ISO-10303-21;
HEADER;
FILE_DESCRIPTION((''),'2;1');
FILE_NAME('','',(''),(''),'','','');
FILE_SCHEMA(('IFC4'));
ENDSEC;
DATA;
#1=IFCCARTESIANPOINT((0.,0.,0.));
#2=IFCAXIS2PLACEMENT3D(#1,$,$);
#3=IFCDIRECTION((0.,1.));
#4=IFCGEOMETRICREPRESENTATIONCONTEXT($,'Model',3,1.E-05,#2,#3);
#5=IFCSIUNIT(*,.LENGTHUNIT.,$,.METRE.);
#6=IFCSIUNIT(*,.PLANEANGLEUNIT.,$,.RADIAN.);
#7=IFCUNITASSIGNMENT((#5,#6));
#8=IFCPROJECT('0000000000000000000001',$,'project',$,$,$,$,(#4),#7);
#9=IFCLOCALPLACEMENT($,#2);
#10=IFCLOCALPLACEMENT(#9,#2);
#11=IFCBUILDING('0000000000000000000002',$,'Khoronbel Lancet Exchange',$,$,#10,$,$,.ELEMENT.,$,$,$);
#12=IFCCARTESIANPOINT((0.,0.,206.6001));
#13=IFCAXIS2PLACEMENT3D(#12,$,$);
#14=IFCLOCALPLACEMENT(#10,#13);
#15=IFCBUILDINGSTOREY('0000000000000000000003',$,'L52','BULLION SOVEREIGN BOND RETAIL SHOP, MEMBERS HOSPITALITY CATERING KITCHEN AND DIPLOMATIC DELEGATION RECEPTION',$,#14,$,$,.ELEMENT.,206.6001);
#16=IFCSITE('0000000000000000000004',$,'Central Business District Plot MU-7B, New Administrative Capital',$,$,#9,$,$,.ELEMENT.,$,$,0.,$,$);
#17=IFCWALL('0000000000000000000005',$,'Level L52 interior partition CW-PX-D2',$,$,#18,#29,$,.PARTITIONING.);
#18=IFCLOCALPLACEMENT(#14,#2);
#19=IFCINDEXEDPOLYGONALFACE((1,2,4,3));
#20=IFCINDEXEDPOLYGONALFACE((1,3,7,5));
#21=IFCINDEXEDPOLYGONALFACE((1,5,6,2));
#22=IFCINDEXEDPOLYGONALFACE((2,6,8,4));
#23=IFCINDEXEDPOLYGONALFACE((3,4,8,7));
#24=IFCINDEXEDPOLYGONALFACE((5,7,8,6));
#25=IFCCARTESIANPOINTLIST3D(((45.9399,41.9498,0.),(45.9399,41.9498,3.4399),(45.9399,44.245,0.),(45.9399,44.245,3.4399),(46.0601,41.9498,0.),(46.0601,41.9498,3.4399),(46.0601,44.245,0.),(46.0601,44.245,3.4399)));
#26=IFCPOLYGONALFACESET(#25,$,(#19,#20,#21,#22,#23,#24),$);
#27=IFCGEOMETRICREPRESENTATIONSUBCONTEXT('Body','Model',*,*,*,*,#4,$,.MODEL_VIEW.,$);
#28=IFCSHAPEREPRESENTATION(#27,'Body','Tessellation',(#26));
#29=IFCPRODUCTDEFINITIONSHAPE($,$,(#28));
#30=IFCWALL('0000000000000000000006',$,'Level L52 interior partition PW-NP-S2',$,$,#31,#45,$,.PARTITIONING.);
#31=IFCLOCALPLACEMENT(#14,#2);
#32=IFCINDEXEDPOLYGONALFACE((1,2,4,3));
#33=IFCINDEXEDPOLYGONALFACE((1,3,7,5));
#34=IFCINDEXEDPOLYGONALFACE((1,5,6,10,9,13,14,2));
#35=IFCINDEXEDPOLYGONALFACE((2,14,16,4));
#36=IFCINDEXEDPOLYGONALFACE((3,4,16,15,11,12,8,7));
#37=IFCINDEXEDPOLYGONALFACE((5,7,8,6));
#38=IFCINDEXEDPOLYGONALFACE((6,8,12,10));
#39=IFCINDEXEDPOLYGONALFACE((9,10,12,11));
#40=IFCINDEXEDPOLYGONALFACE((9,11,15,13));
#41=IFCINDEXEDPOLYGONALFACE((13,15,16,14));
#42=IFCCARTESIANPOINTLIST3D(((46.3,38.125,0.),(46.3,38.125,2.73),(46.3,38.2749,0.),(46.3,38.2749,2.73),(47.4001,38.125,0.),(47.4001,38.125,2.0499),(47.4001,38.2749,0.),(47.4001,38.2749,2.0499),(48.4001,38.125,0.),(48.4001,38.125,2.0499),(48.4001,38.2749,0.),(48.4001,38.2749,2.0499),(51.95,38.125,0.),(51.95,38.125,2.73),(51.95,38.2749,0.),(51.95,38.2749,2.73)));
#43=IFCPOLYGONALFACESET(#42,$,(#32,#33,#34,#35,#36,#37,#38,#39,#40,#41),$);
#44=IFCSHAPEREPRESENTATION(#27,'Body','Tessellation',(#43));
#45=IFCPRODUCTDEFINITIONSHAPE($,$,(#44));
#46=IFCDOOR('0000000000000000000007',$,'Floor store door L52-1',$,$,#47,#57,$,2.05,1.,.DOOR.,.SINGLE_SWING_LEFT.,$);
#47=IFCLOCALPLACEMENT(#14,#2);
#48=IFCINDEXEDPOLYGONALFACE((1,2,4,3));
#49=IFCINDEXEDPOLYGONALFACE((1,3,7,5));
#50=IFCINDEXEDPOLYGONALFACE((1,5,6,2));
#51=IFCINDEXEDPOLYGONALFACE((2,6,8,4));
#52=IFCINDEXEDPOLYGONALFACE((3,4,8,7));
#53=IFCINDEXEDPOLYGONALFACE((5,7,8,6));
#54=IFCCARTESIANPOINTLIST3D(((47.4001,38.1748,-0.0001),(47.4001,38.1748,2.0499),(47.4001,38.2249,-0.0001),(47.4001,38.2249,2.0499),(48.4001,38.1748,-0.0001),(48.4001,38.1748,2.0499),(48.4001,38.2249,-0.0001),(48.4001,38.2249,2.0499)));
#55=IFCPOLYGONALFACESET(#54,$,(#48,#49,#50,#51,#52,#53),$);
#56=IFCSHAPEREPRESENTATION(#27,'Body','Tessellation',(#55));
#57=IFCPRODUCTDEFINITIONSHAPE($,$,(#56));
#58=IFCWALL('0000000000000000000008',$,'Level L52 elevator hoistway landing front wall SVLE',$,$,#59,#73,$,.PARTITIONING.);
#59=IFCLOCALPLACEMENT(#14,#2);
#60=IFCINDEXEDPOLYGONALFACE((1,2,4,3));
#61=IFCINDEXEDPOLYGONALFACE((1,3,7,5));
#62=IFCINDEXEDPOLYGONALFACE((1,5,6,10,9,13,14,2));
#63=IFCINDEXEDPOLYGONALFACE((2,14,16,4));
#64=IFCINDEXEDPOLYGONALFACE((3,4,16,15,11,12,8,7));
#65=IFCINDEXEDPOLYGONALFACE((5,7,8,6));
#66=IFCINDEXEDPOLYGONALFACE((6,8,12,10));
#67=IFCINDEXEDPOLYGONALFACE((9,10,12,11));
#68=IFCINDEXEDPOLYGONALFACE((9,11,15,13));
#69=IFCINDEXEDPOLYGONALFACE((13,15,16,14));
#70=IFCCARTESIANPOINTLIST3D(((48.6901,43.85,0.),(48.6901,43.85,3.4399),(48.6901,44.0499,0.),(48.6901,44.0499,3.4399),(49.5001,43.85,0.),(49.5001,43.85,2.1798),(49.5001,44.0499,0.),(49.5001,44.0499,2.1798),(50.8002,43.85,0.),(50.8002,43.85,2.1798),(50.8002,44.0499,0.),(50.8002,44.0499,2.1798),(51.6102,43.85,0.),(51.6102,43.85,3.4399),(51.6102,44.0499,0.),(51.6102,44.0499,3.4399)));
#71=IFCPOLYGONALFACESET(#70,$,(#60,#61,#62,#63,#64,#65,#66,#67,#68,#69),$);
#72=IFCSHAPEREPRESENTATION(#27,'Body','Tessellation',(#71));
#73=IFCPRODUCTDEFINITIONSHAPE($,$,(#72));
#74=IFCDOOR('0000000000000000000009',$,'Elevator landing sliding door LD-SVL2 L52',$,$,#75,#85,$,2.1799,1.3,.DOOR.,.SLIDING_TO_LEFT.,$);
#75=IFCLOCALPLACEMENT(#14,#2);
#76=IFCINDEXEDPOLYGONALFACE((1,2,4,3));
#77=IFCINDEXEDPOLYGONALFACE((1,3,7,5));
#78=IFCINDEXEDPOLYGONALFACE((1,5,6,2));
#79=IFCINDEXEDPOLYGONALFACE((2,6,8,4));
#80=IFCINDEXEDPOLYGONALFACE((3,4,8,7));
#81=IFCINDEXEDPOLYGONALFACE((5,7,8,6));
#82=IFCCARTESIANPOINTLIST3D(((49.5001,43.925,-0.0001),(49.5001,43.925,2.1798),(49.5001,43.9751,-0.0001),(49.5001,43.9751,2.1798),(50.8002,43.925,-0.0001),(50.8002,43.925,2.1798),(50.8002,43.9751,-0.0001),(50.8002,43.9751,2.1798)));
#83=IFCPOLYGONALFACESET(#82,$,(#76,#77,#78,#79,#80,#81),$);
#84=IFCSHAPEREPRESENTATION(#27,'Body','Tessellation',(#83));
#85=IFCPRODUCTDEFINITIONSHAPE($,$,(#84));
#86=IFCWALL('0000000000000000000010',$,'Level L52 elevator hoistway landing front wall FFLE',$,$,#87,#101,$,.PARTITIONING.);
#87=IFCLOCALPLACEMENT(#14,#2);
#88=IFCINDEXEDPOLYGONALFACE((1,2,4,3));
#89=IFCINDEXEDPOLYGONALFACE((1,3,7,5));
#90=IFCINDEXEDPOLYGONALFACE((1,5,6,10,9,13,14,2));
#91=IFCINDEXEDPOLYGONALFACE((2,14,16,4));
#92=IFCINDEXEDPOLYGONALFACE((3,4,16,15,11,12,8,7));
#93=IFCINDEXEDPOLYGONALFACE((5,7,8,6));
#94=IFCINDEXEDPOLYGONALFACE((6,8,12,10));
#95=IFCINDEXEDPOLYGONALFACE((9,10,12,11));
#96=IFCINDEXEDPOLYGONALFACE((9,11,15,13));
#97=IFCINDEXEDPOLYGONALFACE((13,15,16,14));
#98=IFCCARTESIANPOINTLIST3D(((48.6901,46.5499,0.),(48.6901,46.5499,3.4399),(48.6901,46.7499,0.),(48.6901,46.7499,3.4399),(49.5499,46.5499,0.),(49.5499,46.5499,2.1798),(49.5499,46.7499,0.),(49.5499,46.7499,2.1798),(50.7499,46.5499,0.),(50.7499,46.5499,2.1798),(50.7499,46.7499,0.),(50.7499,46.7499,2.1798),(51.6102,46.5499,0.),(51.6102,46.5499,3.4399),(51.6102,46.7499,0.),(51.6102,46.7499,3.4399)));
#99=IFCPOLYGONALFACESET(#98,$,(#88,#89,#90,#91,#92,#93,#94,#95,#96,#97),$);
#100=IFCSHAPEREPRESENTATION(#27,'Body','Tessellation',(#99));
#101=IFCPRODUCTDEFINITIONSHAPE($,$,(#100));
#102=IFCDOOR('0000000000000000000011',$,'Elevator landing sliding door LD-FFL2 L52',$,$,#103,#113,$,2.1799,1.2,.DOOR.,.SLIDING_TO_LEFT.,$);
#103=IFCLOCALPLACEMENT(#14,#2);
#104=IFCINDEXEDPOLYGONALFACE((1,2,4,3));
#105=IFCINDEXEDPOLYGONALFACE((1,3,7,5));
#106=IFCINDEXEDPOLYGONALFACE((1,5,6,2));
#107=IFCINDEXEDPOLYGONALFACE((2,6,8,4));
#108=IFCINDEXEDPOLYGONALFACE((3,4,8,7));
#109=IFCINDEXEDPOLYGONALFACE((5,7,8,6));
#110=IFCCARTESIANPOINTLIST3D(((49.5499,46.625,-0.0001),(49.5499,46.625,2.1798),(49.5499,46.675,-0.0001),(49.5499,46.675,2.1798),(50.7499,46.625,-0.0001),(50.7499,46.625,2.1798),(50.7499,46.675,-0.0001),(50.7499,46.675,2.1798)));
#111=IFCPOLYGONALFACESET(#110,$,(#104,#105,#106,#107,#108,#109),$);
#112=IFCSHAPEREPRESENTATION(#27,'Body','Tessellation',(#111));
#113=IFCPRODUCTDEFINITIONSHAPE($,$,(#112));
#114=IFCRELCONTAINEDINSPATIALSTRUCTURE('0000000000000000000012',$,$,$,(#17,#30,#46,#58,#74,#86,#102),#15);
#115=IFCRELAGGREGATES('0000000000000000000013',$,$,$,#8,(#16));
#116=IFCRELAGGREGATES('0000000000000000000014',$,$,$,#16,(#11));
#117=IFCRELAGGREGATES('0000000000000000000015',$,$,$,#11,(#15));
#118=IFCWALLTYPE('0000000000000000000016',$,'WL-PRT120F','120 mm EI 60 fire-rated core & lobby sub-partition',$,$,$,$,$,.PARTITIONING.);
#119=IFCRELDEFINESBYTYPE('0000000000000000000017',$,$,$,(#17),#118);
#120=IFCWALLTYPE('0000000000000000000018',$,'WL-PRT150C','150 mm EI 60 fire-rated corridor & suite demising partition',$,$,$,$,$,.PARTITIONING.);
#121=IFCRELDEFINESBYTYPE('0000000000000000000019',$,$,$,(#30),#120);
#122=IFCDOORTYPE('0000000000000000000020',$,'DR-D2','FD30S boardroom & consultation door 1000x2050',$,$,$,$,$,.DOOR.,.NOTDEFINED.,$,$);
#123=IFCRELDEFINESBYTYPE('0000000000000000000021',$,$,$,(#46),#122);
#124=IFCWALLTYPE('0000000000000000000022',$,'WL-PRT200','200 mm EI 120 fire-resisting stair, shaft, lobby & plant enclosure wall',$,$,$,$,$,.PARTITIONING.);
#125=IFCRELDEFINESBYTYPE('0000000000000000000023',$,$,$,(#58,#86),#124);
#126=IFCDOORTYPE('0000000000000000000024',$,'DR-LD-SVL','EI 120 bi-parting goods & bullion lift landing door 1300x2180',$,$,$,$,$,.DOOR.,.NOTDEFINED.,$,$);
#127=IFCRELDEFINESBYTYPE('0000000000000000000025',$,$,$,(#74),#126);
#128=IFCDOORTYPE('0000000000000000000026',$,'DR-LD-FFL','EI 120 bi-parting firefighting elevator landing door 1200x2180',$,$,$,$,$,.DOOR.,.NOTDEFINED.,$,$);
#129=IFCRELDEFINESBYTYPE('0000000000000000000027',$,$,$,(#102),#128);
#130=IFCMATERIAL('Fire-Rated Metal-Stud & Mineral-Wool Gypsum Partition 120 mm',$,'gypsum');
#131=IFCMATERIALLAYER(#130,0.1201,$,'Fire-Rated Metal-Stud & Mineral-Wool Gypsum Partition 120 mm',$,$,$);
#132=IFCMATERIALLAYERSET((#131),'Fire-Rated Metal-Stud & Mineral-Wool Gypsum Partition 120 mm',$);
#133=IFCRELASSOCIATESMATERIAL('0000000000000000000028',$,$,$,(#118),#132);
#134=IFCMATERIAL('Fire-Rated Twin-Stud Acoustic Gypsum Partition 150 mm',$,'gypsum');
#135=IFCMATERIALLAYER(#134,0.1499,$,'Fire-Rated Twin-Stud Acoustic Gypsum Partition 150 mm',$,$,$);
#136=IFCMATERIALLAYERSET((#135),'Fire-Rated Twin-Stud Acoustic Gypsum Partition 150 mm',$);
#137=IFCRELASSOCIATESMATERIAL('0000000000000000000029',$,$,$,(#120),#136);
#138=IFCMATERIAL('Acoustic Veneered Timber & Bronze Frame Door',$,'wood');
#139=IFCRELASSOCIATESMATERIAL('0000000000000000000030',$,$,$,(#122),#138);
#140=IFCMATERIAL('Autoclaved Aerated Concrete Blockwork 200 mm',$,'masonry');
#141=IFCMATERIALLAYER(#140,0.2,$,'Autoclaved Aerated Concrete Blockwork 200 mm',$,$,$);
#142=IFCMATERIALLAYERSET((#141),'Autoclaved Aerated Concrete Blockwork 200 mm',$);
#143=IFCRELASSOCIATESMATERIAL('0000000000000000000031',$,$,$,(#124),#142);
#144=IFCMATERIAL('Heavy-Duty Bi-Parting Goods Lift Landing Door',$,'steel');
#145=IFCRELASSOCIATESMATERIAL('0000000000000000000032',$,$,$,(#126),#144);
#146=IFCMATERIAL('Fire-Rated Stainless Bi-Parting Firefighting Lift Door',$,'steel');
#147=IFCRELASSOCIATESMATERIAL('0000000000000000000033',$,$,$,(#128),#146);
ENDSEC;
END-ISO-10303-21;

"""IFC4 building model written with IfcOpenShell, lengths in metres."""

from ifc_helpers import new_model, si_unit, direction, frame, frame_2d, origin, place, context, subcontext, project, spatial, rectangle, extrude, material, layer, layer_set, type_object, element, fill, save


model = new_model("IFC4")

# Units and contexts
model_context = context("Model", 3, precision=1e-05, world=origin(), true_north=direction((0.0, 1.0)))
body_context = subcontext(model_context, "Body", "Model", "MODEL_VIEW")
ifc_project = project(units=[si_unit("LENGTHUNIT", "METRE"), si_unit("PLANEANGLEUNIT", "RADIAN")], contexts=[model_context])

# Site, building, storey
site_placement = place(None, origin())
site = spatial("IfcSite", under=ifc_project, at=site_placement, Name="Central Business District Plot MU-7B, New Administrative Capital", CompositionType="ELEMENT", RefElevation=0.0)
building_placement = place(site_placement, origin())
building = spatial("IfcBuilding", under=site, at=building_placement, Name="Khoronbel Lancet Exchange", CompositionType="ELEMENT")
storey_placement = place(building_placement, frame((0.0, 0.0, 206.6001)))
storey = spatial("IfcBuildingStorey", under=building, at=storey_placement, Name="L52", Description="BULLION SOVEREIGN BOND RETAIL SHOP, MEMBERS HOSPITALITY CATERING KITCHEN AND DIPLOMATIC DELEGATION RECEPTION", CompositionType="ELEMENT", Elevation=206.6001)

# Wall
ifc_material_1 = material(Name="Fire-Rated Metal-Stud & Mineral-Wool Gypsum Partition 120 mm", Category="gypsum")
ifc_layer_1 = layer(ifc_material_1, 0.1201, Name="Fire-Rated Metal-Stud & Mineral-Wool Gypsum Partition 120 mm")
ifc_layer_set_1 = layer_set([ifc_layer_1], Name="Fire-Rated Metal-Stud & Mineral-Wool Gypsum Partition 120 mm")
wall_type_1 = type_object("IfcWallType", Name="WL-PRT120F", Description="120 mm EI 60 fire-rated core & lobby sub-partition", PredefinedType="PARTITIONING", material=ifc_layer_set_1)
for number, where, z_axis, x_axis, name in (
    (1, (46.0, 41.95, 0.0), (0.0, 0.0, 1.0), (0.0, 1.0, 0.0), "Level L52 interior partition CW-PX-D2"),
):
    element("IfcWall", number, at=place(storey_placement, frame(where, z_axis=z_axis, x_axis=x_axis)), inside=storey, type_object=wall_type_1, Name=name, PredefinedType="PARTITIONING", context=body_context, shape_type="SweptSolid", body=[
        extrude(rectangle(XDim=2.2952, YDim=0.1201, at=frame_2d((1.1475, 0.0))), origin(), (0.0, 0.0, 1.0), 3.4399),
    ])

# Walls, openings, doors
ifc_material_2 = material(Name="Fire-Rated Twin-Stud Acoustic Gypsum Partition 150 mm", Category="gypsum")
ifc_layer_2 = layer(ifc_material_2, 0.1499, Name="Fire-Rated Twin-Stud Acoustic Gypsum Partition 150 mm")
ifc_layer_set_2 = layer_set([ifc_layer_2], Name="Fire-Rated Twin-Stud Acoustic Gypsum Partition 150 mm")
wall_type_2 = type_object("IfcWallType", Name="WL-PRT150C", Description="150 mm EI 60 fire-rated corridor & suite demising partition", PredefinedType="PARTITIONING", material=ifc_layer_set_2)
wall_1_placement = place(storey_placement, frame((46.3, 38.2, 0.0), z_axis=(0.0, 0.0, 1.0), x_axis=(1.0, 0.0, 0.0)))
wall_1 = element("IfcWall", 2, at=wall_1_placement, inside=storey, type_object=wall_type_2, Name="Level L52 interior partition PW-NP-S2", PredefinedType="PARTITIONING", context=body_context, shape_type="SweptSolid", body=[
    extrude(rectangle(XDim=5.6499, YDim=0.1499, at=frame_2d((2.825, 0.0))), origin(), (0.0, 0.0, 1.0), 2.73),
])
opening_1_placement = place(wall_1_placement, frame((1.1001, 0.0, 0.0)))
opening_1 = element("IfcOpeningElement", 3, at=opening_1_placement, cuts=wall_1, PredefinedType="OPENING", context=body_context, shape_type="SweptSolid", body=[
    extrude(rectangle(XDim=1.0, YDim=2.05, at=frame_2d((0.5, 1.0249))), frame((0.0, 0.085, 0.0), z_axis=(0.0, -1.0, 0.0), x_axis=(1.0, 0.0, 0.0)), (0.0, 0.0, 1.0), 0.1699),
])
ifc_material_3 = material(Name="Acoustic Veneered Timber & Bronze Frame Door", Category="wood")
door_type_1 = type_object("IfcDoorType", Name="DR-D2", Description="FD30S boardroom & consultation door 1000x2050", OperationType="NOTDEFINED", PredefinedType="DOOR", material=ifc_material_3)
door_1_placement = place(opening_1_placement, origin())
door_1 = element("IfcDoor", 4, at=door_1_placement, inside=storey, type_object=door_type_1, Name="Floor store door L52-1", OperationType="SINGLE_SWING_LEFT", OverallHeight=2.05, OverallWidth=1.0, PredefinedType="DOOR", context=body_context, shape_type="SweptSolid", body=[
    extrude(rectangle(XDim=1.0, YDim=2.05, at=frame_2d((0.5, 1.0249))), frame((0.0, 0.0249, 0.0), z_axis=(0.0, -1.0, 0.0), x_axis=(1.0, 0.0, 0.0)), (0.0, 0.0, 1.0), 0.05),
])
fill(opening_1, door_1)
ifc_material_4 = material(Name="Autoclaved Aerated Concrete Blockwork 200 mm", Category="masonry")
ifc_layer_3 = layer(ifc_material_4, 0.2, Name="Autoclaved Aerated Concrete Blockwork 200 mm")
ifc_layer_set_3 = layer_set([ifc_layer_3], Name="Autoclaved Aerated Concrete Blockwork 200 mm")
wall_type_3 = type_object("IfcWallType", Name="WL-PRT200", Description="200 mm EI 120 fire-resisting stair, shaft, lobby & plant enclosure wall", PredefinedType="PARTITIONING", material=ifc_layer_set_3)
wall_2_placement = place(storey_placement, frame((51.6101, 43.95, 0.0), z_axis=(0.0, 0.0, 1.0), x_axis=(-1.0, 0.0, 0.0)))
wall_2 = element("IfcWall", 5, at=wall_2_placement, inside=storey, type_object=wall_type_3, Name="Level L52 elevator hoistway landing front wall SVLE", PredefinedType="PARTITIONING", context=body_context, shape_type="SweptSolid", body=[
    extrude(rectangle(XDim=2.9202, YDim=0.2, at=frame_2d((1.46, 0.0))), origin(), (0.0, 0.0, 1.0), 3.4399),
])
opening_2_placement = place(wall_2_placement, frame((0.8101, 0.0, 0.0)))
opening_2 = element("IfcOpeningElement", 6, at=opening_2_placement, cuts=wall_2, PredefinedType="OPENING", context=body_context, shape_type="SweptSolid", body=[
    extrude(rectangle(XDim=1.3, YDim=2.1799, at=frame_2d((0.6499, 1.0898))), frame((0.0, 0.1099, 0.0), z_axis=(0.0, -1.0, 0.0), x_axis=(1.0, 0.0, 0.0)), (0.0, 0.0, 1.0), 0.22),
])
ifc_material_5 = material(Name="Heavy-Duty Bi-Parting Goods Lift Landing Door", Category="steel")
door_type_2 = type_object("IfcDoorType", Name="DR-LD-SVL", Description="EI 120 bi-parting goods & bullion lift landing door 1300x2180", OperationType="NOTDEFINED", PredefinedType="DOOR", material=ifc_material_5)
door_2_placement = place(opening_2_placement, origin())
door_2 = element("IfcDoor", 7, at=door_2_placement, inside=storey, type_object=door_type_2, Name="Elevator landing sliding door LD-SVL2 L52", OperationType="SLIDING_TO_LEFT", OverallHeight=2.1799, OverallWidth=1.3, PredefinedType="DOOR", context=body_context, shape_type="SweptSolid", body=[
    extrude(rectangle(XDim=1.3, YDim=2.1799, at=frame_2d((0.6499, 1.0898))), frame((0.0, 0.0249, 0.0), z_axis=(0.0, -1.0, 0.0), x_axis=(1.0, 0.0, 0.0)), (0.0, 0.0, 1.0), 0.05),
])
fill(opening_2, door_2)
wall_3_placement = place(storey_placement, frame((51.6101, 46.6499, 0.0), z_axis=(0.0, 0.0, 1.0), x_axis=(-1.0, 0.0, 0.0)))
wall_3 = element("IfcWall", 8, at=wall_3_placement, inside=storey, type_object=wall_type_3, Name="Level L52 elevator hoistway landing front wall FFLE", PredefinedType="PARTITIONING", context=body_context, shape_type="SweptSolid", body=[
    extrude(rectangle(XDim=2.9202, YDim=0.2, at=frame_2d((1.46, 0.0))), origin(), (0.0, 0.0, 1.0), 3.4399),
])
opening_3_placement = place(wall_3_placement, frame((0.8601, 0.0, 0.0)))
opening_3 = element("IfcOpeningElement", 9, at=opening_3_placement, cuts=wall_3, PredefinedType="OPENING", context=body_context, shape_type="SweptSolid", body=[
    extrude(rectangle(XDim=1.2, YDim=2.1799, at=frame_2d((0.6001, 1.0898))), frame((0.0, 0.1099, 0.0), z_axis=(0.0, -1.0, 0.0), x_axis=(1.0, 0.0, 0.0)), (0.0, 0.0, 1.0), 0.22),
])
ifc_material_6 = material(Name="Fire-Rated Stainless Bi-Parting Firefighting Lift Door", Category="steel")
door_type_3 = type_object("IfcDoorType", Name="DR-LD-FFL", Description="EI 120 bi-parting firefighting elevator landing door 1200x2180", OperationType="NOTDEFINED", PredefinedType="DOOR", material=ifc_material_6)
door_3_placement = place(opening_3_placement, origin())
door_3 = element("IfcDoor", 10, at=door_3_placement, inside=storey, type_object=door_type_3, Name="Elevator landing sliding door LD-FFL2 L52", OperationType="SLIDING_TO_LEFT", OverallHeight=2.1799, OverallWidth=1.2, PredefinedType="DOOR", context=body_context, shape_type="SweptSolid", body=[
    extrude(rectangle(XDim=1.2, YDim=2.1799, at=frame_2d((0.6001, 1.0898))), frame((0.0, 0.0249, 0.0), z_axis=(0.0, -1.0, 0.0), x_axis=(1.0, 0.0, 0.0)), (0.0, 0.0, 1.0), 0.05),
])
fill(opening_3, door_3)

save(model, "model.ifc")
